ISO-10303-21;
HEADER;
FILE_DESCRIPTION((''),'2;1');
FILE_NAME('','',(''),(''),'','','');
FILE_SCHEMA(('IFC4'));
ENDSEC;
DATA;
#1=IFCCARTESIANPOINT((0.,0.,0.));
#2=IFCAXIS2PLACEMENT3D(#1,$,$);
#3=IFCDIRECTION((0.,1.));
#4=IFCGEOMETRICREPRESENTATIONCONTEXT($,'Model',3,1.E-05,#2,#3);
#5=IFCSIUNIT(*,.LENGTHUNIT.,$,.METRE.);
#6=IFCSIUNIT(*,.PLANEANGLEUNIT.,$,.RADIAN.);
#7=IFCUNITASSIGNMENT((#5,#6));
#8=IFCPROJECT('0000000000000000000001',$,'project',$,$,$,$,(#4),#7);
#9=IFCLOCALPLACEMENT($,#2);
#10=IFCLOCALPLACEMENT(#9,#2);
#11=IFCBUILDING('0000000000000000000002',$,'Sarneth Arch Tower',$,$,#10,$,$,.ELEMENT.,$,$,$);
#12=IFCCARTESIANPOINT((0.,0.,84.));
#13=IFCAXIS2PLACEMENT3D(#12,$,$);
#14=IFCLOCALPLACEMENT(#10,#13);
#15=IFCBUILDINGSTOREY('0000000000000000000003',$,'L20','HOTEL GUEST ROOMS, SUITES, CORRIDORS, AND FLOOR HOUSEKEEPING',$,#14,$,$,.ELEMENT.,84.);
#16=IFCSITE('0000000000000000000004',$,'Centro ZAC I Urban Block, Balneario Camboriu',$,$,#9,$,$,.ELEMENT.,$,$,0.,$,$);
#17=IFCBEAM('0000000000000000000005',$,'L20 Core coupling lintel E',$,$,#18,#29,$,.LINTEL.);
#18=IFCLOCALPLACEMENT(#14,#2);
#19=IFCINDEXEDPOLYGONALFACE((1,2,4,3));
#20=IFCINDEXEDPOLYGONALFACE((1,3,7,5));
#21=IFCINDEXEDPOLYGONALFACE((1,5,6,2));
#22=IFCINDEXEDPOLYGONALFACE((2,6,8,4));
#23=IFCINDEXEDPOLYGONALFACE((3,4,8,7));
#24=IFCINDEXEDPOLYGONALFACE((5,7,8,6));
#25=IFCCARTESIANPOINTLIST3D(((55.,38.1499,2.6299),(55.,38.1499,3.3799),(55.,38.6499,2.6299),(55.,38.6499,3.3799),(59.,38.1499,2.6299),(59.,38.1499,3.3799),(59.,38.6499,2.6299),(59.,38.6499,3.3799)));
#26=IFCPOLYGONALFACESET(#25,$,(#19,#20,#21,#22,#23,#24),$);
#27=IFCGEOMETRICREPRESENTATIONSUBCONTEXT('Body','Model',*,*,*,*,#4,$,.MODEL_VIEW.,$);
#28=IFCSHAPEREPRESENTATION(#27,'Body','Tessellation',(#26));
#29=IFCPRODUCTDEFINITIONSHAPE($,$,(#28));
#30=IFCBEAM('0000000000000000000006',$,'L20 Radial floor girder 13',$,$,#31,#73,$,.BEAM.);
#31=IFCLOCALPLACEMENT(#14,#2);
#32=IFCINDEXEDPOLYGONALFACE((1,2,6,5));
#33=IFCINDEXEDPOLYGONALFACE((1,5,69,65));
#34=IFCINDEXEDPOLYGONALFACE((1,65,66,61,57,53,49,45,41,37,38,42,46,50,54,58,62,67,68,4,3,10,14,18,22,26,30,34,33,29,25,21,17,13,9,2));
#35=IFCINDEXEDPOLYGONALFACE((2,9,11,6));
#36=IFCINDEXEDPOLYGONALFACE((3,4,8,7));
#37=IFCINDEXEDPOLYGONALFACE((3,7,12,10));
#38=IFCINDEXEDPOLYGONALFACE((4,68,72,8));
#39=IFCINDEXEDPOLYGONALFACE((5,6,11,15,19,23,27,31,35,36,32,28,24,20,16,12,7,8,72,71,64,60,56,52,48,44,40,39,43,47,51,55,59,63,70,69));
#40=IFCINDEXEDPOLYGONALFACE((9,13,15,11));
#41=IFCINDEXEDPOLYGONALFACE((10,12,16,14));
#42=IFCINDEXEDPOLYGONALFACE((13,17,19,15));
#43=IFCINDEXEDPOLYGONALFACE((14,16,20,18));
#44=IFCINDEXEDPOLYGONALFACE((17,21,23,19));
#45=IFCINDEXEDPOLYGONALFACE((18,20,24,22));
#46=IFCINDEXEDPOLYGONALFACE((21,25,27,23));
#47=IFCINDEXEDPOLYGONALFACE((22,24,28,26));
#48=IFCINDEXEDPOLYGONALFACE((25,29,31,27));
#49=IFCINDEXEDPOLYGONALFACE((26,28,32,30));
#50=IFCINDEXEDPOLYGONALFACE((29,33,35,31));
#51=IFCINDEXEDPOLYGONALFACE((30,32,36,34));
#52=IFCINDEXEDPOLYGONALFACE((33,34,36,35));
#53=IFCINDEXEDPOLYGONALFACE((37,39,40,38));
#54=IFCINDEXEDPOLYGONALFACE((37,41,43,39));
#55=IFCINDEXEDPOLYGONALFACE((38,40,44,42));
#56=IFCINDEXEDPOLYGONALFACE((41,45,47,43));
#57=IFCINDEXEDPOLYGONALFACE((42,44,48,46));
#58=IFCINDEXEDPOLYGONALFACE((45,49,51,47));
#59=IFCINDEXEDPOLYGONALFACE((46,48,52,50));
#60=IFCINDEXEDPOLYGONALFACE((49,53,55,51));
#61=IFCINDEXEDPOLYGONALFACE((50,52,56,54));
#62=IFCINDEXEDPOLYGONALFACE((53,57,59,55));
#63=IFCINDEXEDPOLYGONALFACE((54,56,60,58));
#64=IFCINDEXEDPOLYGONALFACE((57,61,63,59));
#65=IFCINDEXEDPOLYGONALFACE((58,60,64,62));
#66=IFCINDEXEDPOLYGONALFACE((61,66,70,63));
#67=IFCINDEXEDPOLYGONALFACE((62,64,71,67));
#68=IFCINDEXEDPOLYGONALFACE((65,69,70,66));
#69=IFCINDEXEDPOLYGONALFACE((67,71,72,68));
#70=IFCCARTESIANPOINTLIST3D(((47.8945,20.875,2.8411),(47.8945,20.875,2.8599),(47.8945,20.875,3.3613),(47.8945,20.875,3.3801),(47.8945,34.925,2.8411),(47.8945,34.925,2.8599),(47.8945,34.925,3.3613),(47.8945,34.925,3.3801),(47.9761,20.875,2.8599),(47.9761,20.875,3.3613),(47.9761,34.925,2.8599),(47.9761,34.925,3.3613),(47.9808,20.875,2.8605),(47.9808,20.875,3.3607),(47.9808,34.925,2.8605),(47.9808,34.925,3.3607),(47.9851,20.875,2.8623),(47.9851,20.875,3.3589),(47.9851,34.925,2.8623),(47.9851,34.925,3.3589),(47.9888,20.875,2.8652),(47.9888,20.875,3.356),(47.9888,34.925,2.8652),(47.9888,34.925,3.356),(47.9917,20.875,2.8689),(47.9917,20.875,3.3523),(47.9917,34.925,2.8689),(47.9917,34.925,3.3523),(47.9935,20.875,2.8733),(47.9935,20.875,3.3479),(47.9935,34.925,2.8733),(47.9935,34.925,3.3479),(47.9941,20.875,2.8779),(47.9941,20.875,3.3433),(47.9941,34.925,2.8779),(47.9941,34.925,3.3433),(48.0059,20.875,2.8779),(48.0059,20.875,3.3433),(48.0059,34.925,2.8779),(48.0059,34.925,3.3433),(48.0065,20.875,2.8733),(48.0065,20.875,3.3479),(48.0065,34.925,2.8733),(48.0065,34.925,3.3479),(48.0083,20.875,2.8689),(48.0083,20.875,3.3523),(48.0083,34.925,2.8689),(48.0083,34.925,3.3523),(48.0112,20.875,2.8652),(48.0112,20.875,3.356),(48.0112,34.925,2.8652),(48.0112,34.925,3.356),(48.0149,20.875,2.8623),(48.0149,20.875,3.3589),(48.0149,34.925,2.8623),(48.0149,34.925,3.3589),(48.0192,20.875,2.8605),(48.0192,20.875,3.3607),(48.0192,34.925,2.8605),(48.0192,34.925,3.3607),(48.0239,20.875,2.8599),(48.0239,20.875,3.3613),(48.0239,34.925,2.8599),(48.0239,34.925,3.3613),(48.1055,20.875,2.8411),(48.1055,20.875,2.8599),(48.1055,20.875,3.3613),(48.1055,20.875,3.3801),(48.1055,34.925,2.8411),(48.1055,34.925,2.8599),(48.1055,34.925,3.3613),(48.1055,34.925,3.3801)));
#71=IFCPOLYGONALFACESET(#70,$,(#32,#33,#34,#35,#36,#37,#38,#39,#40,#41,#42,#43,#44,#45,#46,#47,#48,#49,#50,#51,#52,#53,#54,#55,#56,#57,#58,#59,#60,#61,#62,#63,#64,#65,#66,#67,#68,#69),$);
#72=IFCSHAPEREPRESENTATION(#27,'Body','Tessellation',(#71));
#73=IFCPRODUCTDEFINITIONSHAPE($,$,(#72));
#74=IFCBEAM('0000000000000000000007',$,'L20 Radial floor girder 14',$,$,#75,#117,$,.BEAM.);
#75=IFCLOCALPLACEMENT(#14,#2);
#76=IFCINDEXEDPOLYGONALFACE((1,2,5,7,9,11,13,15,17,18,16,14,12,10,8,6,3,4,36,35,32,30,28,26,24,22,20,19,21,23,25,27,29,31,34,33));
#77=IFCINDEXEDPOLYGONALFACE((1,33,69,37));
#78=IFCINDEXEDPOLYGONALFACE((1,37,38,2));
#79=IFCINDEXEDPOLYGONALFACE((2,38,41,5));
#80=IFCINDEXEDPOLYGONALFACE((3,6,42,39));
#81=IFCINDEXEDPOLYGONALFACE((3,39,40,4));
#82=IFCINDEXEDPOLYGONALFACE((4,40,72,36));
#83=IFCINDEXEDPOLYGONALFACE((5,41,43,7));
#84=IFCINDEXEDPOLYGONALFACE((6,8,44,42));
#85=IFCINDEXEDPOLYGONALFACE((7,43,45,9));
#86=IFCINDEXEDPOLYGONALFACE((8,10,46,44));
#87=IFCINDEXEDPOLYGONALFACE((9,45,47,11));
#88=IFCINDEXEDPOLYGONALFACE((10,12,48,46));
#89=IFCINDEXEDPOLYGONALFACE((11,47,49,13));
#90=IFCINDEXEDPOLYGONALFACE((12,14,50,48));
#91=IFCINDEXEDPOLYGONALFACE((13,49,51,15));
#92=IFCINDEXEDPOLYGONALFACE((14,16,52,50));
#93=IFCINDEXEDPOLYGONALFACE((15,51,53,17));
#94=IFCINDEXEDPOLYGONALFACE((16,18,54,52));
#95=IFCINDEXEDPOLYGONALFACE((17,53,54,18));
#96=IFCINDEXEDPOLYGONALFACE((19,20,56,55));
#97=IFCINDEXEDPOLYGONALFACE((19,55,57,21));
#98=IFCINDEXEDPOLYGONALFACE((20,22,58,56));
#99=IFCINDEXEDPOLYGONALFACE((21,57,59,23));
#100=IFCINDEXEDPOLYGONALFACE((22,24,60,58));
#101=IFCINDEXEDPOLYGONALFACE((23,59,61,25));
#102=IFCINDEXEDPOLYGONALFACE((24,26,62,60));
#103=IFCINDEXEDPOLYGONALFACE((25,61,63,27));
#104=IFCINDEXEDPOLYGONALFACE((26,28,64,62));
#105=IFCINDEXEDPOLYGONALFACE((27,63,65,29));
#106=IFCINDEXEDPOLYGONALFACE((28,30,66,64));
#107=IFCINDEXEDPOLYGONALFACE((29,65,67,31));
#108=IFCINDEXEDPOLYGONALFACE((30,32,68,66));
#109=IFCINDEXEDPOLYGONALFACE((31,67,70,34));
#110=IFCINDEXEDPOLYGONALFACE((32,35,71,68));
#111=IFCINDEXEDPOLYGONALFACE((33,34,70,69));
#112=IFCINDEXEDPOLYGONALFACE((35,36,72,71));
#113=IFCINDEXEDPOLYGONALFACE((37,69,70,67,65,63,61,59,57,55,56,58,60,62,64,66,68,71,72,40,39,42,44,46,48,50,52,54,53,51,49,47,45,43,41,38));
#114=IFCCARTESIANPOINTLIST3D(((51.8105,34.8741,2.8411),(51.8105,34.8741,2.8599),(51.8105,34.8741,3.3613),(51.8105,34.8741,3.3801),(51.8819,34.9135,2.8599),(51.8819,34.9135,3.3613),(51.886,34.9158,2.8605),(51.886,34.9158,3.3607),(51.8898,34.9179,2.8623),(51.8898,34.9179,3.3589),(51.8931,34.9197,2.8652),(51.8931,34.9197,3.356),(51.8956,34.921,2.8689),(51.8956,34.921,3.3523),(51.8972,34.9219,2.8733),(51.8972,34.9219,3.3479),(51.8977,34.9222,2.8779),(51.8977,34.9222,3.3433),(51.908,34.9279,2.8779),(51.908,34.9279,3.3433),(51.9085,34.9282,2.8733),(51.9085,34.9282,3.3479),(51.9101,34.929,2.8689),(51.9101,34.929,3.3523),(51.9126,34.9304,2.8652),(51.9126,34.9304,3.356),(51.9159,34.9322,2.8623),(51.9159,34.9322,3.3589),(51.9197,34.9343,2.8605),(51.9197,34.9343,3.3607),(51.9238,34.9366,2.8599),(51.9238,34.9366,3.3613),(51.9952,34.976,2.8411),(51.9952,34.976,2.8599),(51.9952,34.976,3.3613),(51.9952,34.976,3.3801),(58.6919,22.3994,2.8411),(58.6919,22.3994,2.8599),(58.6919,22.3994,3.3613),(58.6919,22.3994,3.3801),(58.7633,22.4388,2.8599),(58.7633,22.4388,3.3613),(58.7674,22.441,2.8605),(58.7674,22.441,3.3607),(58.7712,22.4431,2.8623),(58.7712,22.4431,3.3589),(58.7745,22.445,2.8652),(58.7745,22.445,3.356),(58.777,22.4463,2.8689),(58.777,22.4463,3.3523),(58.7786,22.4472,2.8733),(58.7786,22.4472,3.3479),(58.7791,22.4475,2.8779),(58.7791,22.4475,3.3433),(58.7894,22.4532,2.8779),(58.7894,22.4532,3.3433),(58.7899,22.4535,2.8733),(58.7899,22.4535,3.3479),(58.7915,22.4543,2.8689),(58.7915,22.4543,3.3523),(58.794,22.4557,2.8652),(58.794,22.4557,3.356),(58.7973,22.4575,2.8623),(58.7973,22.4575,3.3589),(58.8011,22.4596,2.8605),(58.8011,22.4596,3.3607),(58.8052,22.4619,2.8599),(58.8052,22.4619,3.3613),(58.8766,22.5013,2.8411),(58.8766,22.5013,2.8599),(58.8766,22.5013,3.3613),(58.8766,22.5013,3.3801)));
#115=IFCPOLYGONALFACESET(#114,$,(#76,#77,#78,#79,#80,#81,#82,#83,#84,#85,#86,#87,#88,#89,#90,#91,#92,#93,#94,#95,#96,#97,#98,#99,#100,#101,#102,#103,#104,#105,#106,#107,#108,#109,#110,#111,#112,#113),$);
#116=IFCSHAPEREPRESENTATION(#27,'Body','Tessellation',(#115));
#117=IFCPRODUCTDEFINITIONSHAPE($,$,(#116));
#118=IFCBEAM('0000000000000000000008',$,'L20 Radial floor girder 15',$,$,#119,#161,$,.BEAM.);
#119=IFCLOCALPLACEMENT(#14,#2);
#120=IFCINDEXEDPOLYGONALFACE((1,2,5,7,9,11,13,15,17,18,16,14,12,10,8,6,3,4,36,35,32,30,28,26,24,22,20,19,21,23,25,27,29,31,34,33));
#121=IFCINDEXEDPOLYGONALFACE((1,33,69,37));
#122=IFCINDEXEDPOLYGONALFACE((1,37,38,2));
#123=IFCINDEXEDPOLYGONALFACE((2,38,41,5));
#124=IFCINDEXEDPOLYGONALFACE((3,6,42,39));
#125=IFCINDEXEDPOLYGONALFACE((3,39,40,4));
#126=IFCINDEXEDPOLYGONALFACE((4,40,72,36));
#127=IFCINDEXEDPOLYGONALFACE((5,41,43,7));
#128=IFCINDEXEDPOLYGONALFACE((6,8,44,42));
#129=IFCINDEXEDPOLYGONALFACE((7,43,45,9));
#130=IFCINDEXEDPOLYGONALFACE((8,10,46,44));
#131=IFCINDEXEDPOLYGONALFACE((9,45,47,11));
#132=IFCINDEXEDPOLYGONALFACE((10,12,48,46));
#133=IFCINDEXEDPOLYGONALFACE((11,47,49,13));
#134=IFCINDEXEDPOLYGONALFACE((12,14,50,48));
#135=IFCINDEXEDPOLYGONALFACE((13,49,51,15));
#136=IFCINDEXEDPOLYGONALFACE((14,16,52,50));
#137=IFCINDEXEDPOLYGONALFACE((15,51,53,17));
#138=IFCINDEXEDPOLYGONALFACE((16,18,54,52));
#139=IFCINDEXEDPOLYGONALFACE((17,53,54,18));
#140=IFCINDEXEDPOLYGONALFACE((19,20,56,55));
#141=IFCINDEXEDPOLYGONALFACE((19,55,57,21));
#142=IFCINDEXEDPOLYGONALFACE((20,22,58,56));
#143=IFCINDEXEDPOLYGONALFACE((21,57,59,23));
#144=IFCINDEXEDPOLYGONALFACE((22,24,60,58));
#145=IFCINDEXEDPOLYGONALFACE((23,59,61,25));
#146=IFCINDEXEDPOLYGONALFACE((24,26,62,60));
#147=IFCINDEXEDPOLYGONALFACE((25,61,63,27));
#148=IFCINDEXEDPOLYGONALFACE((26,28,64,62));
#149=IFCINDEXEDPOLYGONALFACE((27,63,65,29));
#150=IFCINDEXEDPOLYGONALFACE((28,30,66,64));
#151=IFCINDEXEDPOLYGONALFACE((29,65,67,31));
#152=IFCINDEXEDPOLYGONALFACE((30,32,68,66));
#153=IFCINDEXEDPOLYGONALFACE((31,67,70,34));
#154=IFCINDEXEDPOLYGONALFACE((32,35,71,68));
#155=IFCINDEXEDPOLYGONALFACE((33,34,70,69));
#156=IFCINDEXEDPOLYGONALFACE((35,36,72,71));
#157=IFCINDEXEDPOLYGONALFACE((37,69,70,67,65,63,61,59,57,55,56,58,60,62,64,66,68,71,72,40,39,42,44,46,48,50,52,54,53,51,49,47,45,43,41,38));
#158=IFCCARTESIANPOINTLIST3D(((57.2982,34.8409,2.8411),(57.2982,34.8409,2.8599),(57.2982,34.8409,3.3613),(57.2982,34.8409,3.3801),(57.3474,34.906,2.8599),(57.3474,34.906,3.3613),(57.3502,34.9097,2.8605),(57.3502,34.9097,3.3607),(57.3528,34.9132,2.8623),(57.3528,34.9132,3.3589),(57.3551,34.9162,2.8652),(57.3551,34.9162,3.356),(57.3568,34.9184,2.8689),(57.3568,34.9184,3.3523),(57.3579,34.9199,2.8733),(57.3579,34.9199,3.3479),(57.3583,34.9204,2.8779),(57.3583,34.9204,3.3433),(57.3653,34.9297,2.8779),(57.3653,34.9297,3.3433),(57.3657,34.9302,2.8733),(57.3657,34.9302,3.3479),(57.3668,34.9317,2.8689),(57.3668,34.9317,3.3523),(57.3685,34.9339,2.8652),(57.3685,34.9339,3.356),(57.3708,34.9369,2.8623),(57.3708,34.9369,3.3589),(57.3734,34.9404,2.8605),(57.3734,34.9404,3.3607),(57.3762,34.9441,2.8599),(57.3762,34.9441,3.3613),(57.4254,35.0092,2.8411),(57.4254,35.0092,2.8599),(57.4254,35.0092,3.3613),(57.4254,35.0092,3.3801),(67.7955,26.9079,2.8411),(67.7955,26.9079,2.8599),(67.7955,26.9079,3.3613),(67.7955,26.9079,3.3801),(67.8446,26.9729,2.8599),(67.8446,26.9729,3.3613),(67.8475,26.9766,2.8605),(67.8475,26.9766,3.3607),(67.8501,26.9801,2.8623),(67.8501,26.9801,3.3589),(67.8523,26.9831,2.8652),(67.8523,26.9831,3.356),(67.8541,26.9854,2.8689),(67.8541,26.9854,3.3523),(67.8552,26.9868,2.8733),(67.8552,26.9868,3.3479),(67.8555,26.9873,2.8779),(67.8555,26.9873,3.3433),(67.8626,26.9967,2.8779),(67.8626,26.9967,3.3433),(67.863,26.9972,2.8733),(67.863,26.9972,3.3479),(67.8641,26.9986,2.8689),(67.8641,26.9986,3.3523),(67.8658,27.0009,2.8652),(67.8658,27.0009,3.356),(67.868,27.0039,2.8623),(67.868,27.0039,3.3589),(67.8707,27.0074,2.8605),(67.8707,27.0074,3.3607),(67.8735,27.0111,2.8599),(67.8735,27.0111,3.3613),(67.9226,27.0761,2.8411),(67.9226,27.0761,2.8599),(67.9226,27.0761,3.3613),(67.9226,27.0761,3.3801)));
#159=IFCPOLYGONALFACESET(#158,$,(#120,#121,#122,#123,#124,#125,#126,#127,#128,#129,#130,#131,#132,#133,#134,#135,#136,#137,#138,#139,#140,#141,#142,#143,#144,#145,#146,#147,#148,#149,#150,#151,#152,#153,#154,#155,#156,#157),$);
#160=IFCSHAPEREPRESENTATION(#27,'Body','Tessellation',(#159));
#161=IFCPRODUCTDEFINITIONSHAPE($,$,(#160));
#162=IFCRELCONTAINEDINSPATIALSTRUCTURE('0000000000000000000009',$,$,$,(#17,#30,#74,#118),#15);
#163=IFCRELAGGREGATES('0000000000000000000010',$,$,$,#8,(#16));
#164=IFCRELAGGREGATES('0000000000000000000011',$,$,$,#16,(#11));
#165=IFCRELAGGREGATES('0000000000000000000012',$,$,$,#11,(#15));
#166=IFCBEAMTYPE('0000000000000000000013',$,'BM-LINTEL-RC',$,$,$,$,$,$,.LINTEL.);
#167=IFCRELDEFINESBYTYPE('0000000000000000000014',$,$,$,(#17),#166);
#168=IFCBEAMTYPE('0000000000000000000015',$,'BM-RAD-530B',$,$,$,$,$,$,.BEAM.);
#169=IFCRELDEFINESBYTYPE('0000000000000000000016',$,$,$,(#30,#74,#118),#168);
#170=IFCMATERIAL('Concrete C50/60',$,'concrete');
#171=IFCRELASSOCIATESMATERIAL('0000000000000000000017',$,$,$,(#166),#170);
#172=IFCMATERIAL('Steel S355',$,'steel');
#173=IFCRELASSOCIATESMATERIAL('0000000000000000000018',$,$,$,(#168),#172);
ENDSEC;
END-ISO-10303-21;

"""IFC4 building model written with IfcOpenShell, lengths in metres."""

from ifc_helpers import new_model, si_unit, direction, frame, origin, origin_2d, place, context, subcontext, project, spatial, rectangle, i_section, extrude, material, material_profile, profile_set, type_object, element, save


model = new_model("IFC4")

# Units and contexts
model_context = context("Model", 3, precision=1e-05, world=origin(), true_north=direction((0.0, 1.0)))
body_context = subcontext(model_context, "Body", "Model", "MODEL_VIEW")
ifc_project = project(units=[si_unit("LENGTHUNIT", "METRE"), si_unit("PLANEANGLEUNIT", "RADIAN")], contexts=[model_context])

# Site, building, storey
site_placement = place(None, origin())
site = spatial("IfcSite", under=ifc_project, at=site_placement, Name="Centro ZAC I Urban Block, Balneario Camboriu", CompositionType="ELEMENT", RefElevation=0.0)
building_placement = place(site_placement, origin())
building = spatial("IfcBuilding", under=site, at=building_placement, Name="Sarneth Arch Tower", CompositionType="ELEMENT")
storey_placement = place(building_placement, frame((0.0, 0.0, 84.0)))
storey = spatial("IfcBuildingStorey", under=building, at=storey_placement, Name="L20", Description="HOTEL GUEST ROOMS, SUITES, CORRIDORS, AND FLOOR HOUSEKEEPING", CompositionType="ELEMENT", Elevation=84.0)

# Beams
ifc_material_1 = material(Name="Concrete C50/60", Category="concrete")
ifc_material_profile_1 = material_profile(ifc_material_1, rectangle(XDim=0.5, YDim=0.75, at=origin_2d()), Name="RC-500x750")
ifc_profile_set_1 = profile_set([ifc_material_profile_1], Name="Concrete C50/60")
beam_type_1 = type_object("IfcBeamType", Name="BM-LINTEL-RC", PredefinedType="LINTEL", material=ifc_profile_set_1)
beam_1_placement = place(storey_placement, frame((55.0, 38.3999, 3.0049), z_axis=(1.0, 0.0, 0.0), x_axis=(0.0, 1.0, 0.0)))
element("IfcBeam", 1, at=beam_1_placement, inside=storey, type_object=beam_type_1, Name="L20 Core coupling lintel E", PredefinedType="LINTEL", context=body_context, shape_type="SweptSolid", body=[
    extrude(rectangle(XDim=0.5, YDim=0.75, at=origin_2d()), origin(), (0.0, 0.0, 1.0), 4.0),
])
ifc_material_2 = material(Name="Steel S355", Category="steel")
ifc_material_profile_2 = material_profile(ifc_material_2, i_section(OverallWidth=0.2109, OverallDepth=0.5391, WebThickness=0.0117, FlangeThickness=0.0188, FilletRadius=0.0181, at=origin_2d()), Name="W530x109")
ifc_profile_set_2 = profile_set([ifc_material_profile_2], Name="Steel S355")
beam_type_2 = type_object("IfcBeamType", Name="BM-RAD-530B", PredefinedType="BEAM", material=ifc_profile_set_2)
beam_2_placement = place(storey_placement, frame((48.0, 34.925, 3.1106), z_axis=(0.0, -1.0, 0.0), x_axis=(1.0, 0.0, 0.0)))
element("IfcBeam", 2, at=beam_2_placement, inside=storey, type_object=beam_type_2, Name="L20 Radial floor girder 13", PredefinedType="BEAM", context=body_context, shape_type="SweptSolid", body=[
    extrude(i_section(OverallWidth=0.2109, OverallDepth=0.5391, WebThickness=0.0117, FlangeThickness=0.0188, FilletRadius=0.0181, at=origin_2d()), origin(), (0.0, 0.0, 1.0), 14.05),
])
beam_3_placement = place(storey_placement, frame((51.9028, 34.925, 3.1106), z_axis=(0.483013, -0.875613, 0.0), x_axis=(0.875613, 0.483013, 0.0)))
element("IfcBeam", 3, at=beam_3_placement, inside=storey, type_object=beam_type_2, Name="L20 Radial floor girder 14", PredefinedType="BEAM", context=body_context, shape_type="SweptSolid", body=[
    extrude(i_section(OverallWidth=0.2109, OverallDepth=0.5391, WebThickness=0.0117, FlangeThickness=0.0188, FilletRadius=0.0181, at=origin_2d()), origin(), (0.0, 0.0, 1.0), 14.2468),
])
beam_4_placement = place(storey_placement, frame((57.3618, 34.925, 3.1106), z_axis=(0.797801, -0.60292, 0.0), x_axis=(0.60292, 0.797801, 0.0)))
element("IfcBeam", 4, at=beam_4_placement, inside=storey, type_object=beam_type_2, Name="L20 Radial floor girder 15", PredefinedType="BEAM", context=body_context, shape_type="SweptSolid", body=[
    extrude(i_section(OverallWidth=0.2109, OverallDepth=0.5391, WebThickness=0.0117, FlangeThickness=0.0188, FilletRadius=0.0181, at=origin_2d()), origin(), (0.0, 0.0, 1.0), 13.1577),
])

save(model, "model.ifc")
